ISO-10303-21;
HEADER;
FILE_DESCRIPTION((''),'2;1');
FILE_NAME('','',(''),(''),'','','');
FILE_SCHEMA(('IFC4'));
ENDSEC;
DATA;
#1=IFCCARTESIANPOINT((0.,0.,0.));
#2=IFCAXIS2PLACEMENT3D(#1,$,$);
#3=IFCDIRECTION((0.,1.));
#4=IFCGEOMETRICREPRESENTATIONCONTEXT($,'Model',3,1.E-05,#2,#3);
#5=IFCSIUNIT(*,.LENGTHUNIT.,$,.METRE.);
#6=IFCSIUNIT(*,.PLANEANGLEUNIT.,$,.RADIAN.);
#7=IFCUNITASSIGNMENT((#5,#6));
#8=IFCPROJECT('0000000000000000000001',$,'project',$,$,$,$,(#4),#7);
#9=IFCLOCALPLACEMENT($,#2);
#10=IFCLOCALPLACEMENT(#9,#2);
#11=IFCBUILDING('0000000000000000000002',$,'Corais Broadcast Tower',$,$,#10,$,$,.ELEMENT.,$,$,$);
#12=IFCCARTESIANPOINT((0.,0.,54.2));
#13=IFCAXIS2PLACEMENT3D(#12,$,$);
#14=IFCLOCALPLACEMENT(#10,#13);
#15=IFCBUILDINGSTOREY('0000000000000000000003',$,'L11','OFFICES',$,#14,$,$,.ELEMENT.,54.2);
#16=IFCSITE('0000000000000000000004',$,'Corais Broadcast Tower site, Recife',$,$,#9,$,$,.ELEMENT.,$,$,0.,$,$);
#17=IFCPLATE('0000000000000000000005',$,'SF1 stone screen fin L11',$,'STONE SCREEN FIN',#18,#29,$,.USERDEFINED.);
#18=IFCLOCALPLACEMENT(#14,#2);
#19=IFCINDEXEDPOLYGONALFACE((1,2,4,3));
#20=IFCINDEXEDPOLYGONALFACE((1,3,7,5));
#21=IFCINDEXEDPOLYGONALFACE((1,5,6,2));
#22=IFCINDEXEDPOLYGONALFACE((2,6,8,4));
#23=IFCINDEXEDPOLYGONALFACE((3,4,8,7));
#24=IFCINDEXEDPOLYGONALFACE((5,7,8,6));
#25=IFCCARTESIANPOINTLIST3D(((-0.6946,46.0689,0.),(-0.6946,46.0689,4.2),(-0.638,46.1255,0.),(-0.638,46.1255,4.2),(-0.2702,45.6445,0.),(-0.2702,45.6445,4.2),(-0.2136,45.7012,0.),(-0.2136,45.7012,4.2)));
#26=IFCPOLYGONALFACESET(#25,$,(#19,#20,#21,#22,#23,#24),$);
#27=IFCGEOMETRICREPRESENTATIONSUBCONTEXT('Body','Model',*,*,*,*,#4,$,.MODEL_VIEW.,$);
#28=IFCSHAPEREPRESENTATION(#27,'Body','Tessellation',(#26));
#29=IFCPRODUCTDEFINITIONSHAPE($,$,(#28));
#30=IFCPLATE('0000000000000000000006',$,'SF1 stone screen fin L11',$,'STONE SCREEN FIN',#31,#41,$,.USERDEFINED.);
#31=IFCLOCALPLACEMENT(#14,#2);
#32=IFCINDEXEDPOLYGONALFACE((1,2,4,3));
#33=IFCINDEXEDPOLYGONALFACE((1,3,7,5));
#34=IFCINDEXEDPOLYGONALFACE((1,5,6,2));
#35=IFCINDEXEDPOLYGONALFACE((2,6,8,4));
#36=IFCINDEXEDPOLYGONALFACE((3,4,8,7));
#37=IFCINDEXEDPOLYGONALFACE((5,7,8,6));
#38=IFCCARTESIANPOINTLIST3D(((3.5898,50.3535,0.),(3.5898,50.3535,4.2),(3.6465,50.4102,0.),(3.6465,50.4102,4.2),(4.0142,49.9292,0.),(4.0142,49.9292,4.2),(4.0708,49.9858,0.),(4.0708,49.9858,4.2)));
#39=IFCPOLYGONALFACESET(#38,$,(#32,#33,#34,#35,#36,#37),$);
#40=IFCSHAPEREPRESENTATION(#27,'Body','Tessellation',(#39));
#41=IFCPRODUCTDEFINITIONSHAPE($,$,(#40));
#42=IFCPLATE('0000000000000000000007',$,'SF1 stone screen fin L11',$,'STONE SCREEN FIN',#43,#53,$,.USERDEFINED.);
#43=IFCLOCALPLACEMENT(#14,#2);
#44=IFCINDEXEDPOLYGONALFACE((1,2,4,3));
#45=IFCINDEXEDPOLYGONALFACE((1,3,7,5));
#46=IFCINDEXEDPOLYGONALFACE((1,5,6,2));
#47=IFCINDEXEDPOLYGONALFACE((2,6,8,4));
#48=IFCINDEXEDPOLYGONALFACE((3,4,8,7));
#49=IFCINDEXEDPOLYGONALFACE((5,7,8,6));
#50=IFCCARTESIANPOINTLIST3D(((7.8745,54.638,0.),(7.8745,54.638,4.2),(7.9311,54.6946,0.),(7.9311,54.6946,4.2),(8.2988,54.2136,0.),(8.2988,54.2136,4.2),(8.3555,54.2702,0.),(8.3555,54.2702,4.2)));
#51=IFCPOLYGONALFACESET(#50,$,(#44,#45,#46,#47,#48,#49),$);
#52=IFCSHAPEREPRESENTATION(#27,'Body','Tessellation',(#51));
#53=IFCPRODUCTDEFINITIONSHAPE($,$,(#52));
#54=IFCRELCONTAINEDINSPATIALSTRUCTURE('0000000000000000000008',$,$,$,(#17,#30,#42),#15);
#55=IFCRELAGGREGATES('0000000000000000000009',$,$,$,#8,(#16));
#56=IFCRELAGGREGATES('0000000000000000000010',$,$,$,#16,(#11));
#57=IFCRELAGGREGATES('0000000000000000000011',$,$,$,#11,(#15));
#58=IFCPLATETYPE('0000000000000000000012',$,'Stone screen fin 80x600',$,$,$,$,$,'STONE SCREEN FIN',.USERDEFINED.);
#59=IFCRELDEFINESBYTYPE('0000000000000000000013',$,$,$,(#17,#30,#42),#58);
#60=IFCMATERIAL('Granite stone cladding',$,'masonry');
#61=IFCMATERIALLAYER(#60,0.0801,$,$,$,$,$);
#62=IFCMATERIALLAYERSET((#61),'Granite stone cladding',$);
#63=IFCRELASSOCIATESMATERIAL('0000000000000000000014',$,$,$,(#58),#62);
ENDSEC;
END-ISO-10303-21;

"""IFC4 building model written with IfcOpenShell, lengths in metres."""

from ifc_helpers import new_model, si_unit, direction, frame, origin, origin_2d, place, context, subcontext, project, spatial, rectangle, extrude, material, layer, layer_set, type_object, element, save


model = new_model("IFC4")

# Units and contexts
model_context = context("Model", 3, precision=1e-05, world=origin(), true_north=direction((0.0, 1.0)))
body_context = subcontext(model_context, "Body", "Model", "MODEL_VIEW")
ifc_project = project(units=[si_unit("LENGTHUNIT", "METRE"), si_unit("PLANEANGLEUNIT", "RADIAN")], contexts=[model_context])

# Site, building, storey
site_placement = place(None, origin())
site = spatial("IfcSite", under=ifc_project, at=site_placement, Name="Corais Broadcast Tower site, Recife", CompositionType="ELEMENT", RefElevation=0.0)
building_placement = place(site_placement, origin())
building = spatial("IfcBuilding", under=site, at=building_placement, Name="Corais Broadcast Tower", CompositionType="ELEMENT")
storey_placement = place(building_placement, frame((0.0, 0.0, 54.2)))
storey = spatial("IfcBuildingStorey", under=building, at=storey_placement, Name="L11", Description="OFFICES", CompositionType="ELEMENT", Elevation=54.2)

# Plates
ifc_material_1 = material(Name="Granite stone cladding", Category="masonry")
ifc_layer_1 = layer(ifc_material_1, 0.0801)
ifc_layer_set_1 = layer_set([ifc_layer_1], Name="Granite stone cladding")
plate_type_1 = type_object("IfcPlateType", Name="Stone screen fin 80x600", ElementType="STONE SCREEN FIN", PredefinedType="USERDEFINED", material=ifc_layer_set_1)
for number, where, z_axis, x_axis, name in (
    (1, (-0.4541, 45.885, 0.0), (0.0, 0.0, 1.0), (0.707107, 0.707107, 0.0), "SF1 stone screen fin L11"),
    (2, (3.8303, 50.1697, 0.0), (0.0, 0.0, 1.0), (0.707107, 0.707107, 0.0), "SF1 stone screen fin L11"),
    (3, (8.115, 54.4541, 0.0), (0.0, 0.0, 1.0), (0.707107, 0.707107, 0.0), "SF1 stone screen fin L11"),
):
    element("IfcPlate", number, at=place(storey_placement, frame(where, z_axis=z_axis, x_axis=x_axis)), inside=storey, type_object=plate_type_1, Name=name, ObjectType="STONE SCREEN FIN", PredefinedType="USERDEFINED", context=body_context, shape_type="SweptSolid", body=[
        extrude(rectangle(XDim=0.0801, YDim=0.6001, at=origin_2d()), origin(), (0.0, 0.0, 1.0), 4.2),
    ])

save(model, "model.ifc")
